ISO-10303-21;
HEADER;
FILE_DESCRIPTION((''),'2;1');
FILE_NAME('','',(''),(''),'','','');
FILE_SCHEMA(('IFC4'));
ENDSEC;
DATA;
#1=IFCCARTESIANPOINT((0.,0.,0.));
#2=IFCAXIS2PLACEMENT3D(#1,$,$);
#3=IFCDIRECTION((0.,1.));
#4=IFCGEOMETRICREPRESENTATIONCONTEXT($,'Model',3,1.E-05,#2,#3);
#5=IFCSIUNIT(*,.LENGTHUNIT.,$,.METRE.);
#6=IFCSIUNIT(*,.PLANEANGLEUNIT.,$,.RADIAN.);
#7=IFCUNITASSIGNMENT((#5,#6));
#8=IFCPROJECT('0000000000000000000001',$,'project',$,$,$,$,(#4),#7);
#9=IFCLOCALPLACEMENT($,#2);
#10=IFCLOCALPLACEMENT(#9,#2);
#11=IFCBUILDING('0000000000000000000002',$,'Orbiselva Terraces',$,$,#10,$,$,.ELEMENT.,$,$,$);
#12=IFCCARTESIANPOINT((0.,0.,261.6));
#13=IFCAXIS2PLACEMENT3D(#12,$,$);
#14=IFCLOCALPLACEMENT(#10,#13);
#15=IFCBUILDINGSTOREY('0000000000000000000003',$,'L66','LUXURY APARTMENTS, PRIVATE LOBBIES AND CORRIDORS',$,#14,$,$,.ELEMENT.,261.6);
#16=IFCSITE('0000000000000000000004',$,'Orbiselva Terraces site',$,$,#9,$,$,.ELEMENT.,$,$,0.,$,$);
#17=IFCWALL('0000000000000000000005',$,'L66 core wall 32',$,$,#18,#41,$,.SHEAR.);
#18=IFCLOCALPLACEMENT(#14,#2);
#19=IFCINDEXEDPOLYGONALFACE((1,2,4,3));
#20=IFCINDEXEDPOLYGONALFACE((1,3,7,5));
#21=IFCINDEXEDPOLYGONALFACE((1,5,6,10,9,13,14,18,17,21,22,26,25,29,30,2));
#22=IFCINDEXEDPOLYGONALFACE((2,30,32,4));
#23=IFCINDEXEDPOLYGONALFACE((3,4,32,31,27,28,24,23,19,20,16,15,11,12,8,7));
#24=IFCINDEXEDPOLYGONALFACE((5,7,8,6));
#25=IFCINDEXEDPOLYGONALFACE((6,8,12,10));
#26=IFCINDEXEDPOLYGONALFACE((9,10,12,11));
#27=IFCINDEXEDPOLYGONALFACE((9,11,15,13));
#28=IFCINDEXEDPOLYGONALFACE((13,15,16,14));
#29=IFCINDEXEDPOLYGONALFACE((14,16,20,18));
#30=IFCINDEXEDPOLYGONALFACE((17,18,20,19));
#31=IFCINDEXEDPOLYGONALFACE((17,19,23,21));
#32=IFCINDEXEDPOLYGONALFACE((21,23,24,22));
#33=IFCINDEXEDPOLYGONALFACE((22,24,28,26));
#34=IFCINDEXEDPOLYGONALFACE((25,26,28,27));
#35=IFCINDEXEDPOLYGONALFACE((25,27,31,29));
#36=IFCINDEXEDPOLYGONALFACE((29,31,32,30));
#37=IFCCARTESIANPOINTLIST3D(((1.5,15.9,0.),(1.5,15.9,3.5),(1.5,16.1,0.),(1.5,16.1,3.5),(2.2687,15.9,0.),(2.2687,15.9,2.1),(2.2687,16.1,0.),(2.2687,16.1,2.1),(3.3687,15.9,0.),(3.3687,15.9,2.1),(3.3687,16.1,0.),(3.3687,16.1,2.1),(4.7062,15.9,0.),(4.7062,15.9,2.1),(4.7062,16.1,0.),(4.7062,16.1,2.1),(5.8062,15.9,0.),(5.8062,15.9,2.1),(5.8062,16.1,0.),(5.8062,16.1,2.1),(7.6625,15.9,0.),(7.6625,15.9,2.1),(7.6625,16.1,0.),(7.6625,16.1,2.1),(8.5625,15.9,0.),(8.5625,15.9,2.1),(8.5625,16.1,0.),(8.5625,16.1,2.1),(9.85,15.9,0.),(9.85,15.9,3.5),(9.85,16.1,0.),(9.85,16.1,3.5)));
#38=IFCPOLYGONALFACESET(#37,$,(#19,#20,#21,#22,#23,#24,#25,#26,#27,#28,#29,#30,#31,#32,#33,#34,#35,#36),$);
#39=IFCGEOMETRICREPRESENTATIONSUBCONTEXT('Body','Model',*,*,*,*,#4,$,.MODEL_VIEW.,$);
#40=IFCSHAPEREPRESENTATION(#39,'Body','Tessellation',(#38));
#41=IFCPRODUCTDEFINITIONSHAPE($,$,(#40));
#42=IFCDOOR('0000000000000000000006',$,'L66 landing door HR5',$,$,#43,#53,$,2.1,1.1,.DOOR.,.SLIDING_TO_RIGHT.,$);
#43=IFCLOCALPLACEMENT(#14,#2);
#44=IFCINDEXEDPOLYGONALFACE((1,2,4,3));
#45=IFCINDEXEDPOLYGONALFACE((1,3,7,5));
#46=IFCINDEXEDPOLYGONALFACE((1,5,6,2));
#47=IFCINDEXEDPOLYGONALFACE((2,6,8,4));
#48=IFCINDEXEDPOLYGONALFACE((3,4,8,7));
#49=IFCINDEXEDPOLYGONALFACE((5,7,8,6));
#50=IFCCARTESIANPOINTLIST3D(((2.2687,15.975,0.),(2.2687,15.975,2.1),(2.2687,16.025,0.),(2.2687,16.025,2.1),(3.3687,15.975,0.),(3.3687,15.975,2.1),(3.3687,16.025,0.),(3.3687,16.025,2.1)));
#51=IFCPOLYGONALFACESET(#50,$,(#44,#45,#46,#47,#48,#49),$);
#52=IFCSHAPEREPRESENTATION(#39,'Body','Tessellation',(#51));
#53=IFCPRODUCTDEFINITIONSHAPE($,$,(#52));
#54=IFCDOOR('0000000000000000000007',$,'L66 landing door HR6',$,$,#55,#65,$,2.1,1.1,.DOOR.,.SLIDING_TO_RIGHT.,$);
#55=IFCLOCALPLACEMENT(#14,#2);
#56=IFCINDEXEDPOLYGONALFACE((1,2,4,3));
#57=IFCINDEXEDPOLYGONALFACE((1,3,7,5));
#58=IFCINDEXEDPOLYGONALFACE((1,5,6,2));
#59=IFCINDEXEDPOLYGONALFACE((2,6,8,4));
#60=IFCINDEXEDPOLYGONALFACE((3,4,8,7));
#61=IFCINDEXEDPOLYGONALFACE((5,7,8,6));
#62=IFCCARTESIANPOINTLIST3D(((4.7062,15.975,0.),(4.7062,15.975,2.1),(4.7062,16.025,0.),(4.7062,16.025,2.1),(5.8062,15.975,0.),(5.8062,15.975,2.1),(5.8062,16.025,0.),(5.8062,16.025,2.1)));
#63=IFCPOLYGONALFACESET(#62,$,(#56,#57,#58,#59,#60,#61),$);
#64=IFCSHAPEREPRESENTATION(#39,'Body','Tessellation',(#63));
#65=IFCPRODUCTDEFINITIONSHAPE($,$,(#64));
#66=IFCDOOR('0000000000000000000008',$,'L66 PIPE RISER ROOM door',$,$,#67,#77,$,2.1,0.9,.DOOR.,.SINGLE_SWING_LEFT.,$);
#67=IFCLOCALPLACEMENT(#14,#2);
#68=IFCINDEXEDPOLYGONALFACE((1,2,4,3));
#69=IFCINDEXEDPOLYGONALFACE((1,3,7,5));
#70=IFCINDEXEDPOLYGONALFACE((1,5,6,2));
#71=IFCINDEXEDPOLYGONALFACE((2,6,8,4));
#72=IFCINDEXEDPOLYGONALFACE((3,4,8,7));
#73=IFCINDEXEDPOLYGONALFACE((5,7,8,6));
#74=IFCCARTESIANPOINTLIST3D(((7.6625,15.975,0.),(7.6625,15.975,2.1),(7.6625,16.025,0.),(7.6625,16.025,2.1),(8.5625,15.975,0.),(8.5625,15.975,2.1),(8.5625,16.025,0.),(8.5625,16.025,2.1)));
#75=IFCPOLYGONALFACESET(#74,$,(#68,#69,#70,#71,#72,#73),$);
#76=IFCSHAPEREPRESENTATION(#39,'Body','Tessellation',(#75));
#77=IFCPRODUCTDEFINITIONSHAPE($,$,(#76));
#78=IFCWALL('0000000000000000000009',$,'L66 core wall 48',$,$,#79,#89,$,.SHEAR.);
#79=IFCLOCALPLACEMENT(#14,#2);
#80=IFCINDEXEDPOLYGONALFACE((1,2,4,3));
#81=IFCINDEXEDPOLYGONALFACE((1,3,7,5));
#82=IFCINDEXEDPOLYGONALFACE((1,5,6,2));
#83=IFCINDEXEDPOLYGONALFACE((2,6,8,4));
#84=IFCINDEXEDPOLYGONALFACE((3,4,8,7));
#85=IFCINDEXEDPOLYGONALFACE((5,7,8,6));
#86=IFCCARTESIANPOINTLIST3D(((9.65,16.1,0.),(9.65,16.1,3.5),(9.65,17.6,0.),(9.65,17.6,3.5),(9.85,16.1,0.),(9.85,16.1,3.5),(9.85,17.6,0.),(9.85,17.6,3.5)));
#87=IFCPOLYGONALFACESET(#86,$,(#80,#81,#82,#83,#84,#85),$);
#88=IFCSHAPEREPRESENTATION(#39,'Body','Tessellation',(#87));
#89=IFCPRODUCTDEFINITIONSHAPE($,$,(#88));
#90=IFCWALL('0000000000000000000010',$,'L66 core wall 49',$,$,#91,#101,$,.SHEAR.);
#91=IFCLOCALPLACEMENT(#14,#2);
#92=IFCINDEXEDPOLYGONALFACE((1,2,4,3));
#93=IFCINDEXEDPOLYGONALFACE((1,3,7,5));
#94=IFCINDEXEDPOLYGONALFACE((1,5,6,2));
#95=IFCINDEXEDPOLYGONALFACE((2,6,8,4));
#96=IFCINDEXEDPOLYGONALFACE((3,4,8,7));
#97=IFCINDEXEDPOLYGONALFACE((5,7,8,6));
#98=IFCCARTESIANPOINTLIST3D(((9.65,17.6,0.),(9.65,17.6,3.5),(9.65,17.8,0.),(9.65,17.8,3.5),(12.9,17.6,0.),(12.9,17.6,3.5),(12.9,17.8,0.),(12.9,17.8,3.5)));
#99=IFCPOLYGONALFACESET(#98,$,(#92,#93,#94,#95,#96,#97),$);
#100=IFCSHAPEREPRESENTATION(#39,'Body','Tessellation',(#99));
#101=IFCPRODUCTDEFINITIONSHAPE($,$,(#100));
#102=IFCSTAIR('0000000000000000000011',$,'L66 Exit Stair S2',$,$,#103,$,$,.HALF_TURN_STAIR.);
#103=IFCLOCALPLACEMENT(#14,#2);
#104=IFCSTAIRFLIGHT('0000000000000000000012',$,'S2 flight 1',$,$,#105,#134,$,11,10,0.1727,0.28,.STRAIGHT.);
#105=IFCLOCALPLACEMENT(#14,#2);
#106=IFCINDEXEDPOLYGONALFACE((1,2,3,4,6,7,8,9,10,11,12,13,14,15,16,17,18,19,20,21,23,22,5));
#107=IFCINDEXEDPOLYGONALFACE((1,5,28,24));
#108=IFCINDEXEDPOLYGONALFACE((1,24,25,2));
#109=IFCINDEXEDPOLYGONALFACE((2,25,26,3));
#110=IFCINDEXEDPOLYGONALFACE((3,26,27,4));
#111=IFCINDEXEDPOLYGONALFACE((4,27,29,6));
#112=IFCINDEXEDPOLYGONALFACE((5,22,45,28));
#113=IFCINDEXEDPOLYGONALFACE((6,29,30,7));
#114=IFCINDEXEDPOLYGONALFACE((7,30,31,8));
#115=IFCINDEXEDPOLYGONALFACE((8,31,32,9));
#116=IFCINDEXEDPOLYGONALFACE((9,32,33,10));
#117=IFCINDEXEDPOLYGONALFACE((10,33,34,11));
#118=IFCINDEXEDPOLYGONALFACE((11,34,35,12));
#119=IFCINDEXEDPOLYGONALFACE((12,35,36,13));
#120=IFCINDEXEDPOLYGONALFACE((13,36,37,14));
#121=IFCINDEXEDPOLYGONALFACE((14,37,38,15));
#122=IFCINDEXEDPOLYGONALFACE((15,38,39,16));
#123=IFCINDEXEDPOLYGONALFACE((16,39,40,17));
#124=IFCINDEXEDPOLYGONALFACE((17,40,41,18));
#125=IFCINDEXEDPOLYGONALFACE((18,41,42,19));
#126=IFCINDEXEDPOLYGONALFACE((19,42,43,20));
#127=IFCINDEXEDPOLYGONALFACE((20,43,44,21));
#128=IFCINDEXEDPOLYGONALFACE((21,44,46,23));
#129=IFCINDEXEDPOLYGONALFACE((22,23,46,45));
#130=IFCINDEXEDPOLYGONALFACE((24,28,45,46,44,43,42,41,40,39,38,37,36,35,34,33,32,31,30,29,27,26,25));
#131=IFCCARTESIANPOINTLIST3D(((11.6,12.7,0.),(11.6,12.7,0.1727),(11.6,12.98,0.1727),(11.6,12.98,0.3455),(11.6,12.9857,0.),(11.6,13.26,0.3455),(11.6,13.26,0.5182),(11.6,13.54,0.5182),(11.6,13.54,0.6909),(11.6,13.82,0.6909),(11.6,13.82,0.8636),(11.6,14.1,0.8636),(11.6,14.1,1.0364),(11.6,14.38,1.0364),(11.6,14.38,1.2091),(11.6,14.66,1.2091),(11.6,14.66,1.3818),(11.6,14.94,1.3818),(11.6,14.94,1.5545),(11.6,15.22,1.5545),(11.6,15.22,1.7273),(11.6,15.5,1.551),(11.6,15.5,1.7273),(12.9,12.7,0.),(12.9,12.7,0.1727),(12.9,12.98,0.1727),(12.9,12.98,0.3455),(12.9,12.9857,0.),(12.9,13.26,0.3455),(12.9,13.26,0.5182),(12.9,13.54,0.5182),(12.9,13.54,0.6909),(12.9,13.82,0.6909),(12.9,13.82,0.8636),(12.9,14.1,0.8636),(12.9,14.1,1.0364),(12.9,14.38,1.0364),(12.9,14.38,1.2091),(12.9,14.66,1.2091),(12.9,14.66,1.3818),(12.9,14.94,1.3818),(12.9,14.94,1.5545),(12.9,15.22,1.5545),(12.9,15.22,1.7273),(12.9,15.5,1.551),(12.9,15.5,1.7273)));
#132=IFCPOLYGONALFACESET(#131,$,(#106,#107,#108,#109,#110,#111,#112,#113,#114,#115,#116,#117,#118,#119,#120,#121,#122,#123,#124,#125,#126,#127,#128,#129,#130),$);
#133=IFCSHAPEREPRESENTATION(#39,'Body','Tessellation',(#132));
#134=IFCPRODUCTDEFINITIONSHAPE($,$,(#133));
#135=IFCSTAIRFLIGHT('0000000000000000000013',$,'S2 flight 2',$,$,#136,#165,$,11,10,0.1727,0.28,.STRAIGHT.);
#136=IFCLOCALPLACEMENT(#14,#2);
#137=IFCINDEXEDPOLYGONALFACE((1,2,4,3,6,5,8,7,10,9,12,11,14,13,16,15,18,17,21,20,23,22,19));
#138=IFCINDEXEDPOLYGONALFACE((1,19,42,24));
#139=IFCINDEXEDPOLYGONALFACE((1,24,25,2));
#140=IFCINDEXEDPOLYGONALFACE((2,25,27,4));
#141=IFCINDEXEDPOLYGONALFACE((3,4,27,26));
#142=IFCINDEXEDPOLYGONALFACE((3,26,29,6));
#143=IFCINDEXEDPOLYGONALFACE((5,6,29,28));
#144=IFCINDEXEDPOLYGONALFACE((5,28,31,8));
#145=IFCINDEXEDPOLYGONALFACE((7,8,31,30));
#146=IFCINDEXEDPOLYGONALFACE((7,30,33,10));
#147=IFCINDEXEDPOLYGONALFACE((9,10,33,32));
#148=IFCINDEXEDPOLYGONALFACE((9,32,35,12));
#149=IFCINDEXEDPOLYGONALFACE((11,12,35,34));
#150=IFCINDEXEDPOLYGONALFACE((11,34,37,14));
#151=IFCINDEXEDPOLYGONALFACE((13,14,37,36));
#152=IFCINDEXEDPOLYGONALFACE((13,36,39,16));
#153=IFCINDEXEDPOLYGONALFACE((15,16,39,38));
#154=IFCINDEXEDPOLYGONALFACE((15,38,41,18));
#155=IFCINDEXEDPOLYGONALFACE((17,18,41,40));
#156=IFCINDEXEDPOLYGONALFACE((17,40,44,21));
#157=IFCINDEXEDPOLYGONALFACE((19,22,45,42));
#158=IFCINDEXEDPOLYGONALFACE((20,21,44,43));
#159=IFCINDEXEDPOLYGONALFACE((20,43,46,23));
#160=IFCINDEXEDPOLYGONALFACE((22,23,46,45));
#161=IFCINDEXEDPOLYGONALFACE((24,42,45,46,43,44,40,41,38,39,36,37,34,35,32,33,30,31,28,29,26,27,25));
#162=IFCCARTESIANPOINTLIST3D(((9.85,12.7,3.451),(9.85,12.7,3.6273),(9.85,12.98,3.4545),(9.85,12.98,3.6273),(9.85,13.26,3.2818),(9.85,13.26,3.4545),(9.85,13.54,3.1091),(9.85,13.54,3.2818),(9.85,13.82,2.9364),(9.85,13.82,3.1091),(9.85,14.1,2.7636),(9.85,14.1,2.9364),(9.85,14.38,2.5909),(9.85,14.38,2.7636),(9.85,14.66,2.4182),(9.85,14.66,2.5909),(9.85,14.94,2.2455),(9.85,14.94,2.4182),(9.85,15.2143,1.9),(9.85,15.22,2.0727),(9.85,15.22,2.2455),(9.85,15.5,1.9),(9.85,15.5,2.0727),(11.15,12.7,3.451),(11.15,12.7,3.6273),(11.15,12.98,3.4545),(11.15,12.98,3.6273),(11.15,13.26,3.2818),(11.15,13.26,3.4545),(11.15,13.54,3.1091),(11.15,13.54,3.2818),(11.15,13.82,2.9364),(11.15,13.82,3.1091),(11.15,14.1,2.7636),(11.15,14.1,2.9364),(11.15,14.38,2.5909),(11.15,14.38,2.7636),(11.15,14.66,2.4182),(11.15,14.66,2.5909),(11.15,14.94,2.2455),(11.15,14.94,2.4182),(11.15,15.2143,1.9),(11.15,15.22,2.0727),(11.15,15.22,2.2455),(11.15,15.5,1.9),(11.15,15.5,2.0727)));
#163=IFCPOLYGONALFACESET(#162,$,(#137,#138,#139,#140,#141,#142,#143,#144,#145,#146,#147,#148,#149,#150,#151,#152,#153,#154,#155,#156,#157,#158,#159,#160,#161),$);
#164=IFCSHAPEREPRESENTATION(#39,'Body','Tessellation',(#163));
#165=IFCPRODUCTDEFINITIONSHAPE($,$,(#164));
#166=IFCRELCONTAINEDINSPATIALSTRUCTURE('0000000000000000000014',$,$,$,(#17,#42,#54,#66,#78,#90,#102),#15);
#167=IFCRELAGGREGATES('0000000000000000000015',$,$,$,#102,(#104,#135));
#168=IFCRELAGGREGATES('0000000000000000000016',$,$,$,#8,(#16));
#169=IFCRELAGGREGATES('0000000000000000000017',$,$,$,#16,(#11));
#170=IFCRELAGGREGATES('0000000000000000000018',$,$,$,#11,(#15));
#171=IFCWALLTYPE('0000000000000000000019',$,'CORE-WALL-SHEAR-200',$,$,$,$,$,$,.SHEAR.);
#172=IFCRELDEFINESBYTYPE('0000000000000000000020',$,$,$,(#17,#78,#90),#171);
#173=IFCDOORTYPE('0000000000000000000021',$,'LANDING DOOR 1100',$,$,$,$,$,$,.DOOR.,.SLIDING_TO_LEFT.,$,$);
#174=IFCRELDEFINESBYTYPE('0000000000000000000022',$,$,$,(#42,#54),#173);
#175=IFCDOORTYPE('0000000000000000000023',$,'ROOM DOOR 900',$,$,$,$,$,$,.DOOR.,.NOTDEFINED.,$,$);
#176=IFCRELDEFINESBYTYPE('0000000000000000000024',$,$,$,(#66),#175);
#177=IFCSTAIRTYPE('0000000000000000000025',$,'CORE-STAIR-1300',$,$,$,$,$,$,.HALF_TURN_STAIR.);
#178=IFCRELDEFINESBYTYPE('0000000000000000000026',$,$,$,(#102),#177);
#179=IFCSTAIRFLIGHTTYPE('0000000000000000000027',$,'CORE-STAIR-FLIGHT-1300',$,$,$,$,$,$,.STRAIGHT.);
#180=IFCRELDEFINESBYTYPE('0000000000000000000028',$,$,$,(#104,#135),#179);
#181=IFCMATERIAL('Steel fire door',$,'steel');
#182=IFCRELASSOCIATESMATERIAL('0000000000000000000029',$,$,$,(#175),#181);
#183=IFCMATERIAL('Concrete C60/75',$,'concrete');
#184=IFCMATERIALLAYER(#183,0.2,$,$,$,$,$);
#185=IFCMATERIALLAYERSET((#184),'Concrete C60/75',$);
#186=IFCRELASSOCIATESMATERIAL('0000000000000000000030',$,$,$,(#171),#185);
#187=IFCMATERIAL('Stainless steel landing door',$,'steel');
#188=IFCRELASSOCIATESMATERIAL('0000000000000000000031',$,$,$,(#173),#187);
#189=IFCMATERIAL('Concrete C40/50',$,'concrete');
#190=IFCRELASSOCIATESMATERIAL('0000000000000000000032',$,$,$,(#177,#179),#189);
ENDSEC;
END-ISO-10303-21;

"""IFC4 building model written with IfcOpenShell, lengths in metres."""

from ifc_helpers import new_model, si_unit, direction, frame, frame_2d, origin, place, context, subcontext, project, spatial, polyline, rectangle, outline, extrude, material, layer, layer_set, type_object, element, fill, aggregate, save


model = new_model("IFC4")

# Units and contexts
model_context = context("Model", 3, precision=1e-05, world=origin(), true_north=direction((0.0, 1.0)))
body_context = subcontext(model_context, "Body", "Model", "MODEL_VIEW")
ifc_project = project(units=[si_unit("LENGTHUNIT", "METRE"), si_unit("PLANEANGLEUNIT", "RADIAN")], contexts=[model_context])

# Site, building, storey
site_placement = place(None, origin())
site = spatial("IfcSite", under=ifc_project, at=site_placement, Name="Orbiselva Terraces site", CompositionType="ELEMENT", RefElevation=0.0)
building_placement = place(site_placement, origin())
building = spatial("IfcBuilding", under=site, at=building_placement, Name="Orbiselva Terraces", CompositionType="ELEMENT")
storey_placement = place(building_placement, frame((0.0, 0.0, 261.6)))
storey = spatial("IfcBuildingStorey", under=building, at=storey_placement, Name="L66", Description="LUXURY APARTMENTS, PRIVATE LOBBIES AND CORRIDORS", CompositionType="ELEMENT", Elevation=261.6)

# Shared definitions
ifc_material_1 = material(Name="Steel fire door", Category="steel")
door_type_1 = type_object("IfcDoorType", Name="ROOM DOOR 900", OperationType="NOTDEFINED", PredefinedType="DOOR", material=ifc_material_1)

# Shared definitions
ifc_material_2 = material(Name="Concrete C40/50", Category="concrete")
ifc_material_3 = material(Name="Concrete C60/75", Category="concrete")
ifc_layer_1 = layer(ifc_material_3, 0.2)
ifc_layer_set_1 = layer_set([ifc_layer_1], Name="Concrete C60/75")
wall_type_1 = type_object("IfcWallType", Name="CORE-WALL-SHEAR-200", PredefinedType="SHEAR", material=ifc_layer_set_1)

# Wall, openings, doors
wall_1_placement = place(storey_placement, frame((9.85, 16.0, 0.0), z_axis=(0.0, 0.0, 1.0), x_axis=(-1.0, 0.0, 0.0)))
wall_1 = element("IfcWall", 1, at=wall_1_placement, inside=storey, type_object=wall_type_1, Name="L66 core wall 32", PredefinedType="SHEAR", context=body_context, shape_type="SweptSolid", body=[
    extrude(rectangle(XDim=8.35, YDim=0.2, at=frame_2d((4.175, 0.0))), origin(), (0.0, 0.0, 1.0), 3.5),
])
opening_1_placement = place(wall_1_placement, frame((6.4813, 0.0, 0.0)))
opening_1 = element("IfcOpeningElement", 2, at=opening_1_placement, cuts=wall_1, PredefinedType="OPENING", context=body_context, shape_type="SweptSolid", body=[
    extrude(rectangle(XDim=1.1, YDim=2.1, at=frame_2d((0.55, 1.05))), frame((0.0, 0.11, 0.0), z_axis=(0.0, -1.0, 0.0), x_axis=(1.0, 0.0, 0.0)), (0.0, 0.0, 1.0), 0.22),
])
opening_2_placement = place(wall_1_placement, frame((4.0438, 0.0, 0.0)))
opening_2 = element("IfcOpeningElement", 3, at=opening_2_placement, cuts=wall_1, PredefinedType="OPENING", context=body_context, shape_type="SweptSolid", body=[
    extrude(rectangle(XDim=1.1, YDim=2.1, at=frame_2d((0.55, 1.05))), frame((0.0, 0.11, 0.0), z_axis=(0.0, -1.0, 0.0), x_axis=(1.0, 0.0, 0.0)), (0.0, 0.0, 1.0), 0.22),
])
opening_3_placement = place(wall_1_placement, frame((1.2875, 0.0, 0.0)))
opening_3 = element("IfcOpeningElement", 4, at=opening_3_placement, cuts=wall_1, PredefinedType="OPENING", context=body_context, shape_type="SweptSolid", body=[
    extrude(rectangle(XDim=0.9, YDim=2.1, at=frame_2d((0.45, 1.05))), frame((0.0, 0.11, 0.0), z_axis=(0.0, -1.0, 0.0), x_axis=(1.0, 0.0, 0.0)), (0.0, 0.0, 1.0), 0.22),
])
ifc_material_4 = material(Name="Stainless steel landing door", Category="steel")
door_type_2 = type_object("IfcDoorType", Name="LANDING DOOR 1100", OperationType="SLIDING_TO_LEFT", PredefinedType="DOOR", material=ifc_material_4)
door_1_placement = place(opening_1_placement, origin())
door_1 = element("IfcDoor", 5, at=door_1_placement, inside=storey, type_object=door_type_2, Name="L66 landing door HR5", OperationType="SLIDING_TO_RIGHT", OverallHeight=2.1, OverallWidth=1.1, PredefinedType="DOOR", context=body_context, shape_type="SweptSolid", body=[
    extrude(rectangle(XDim=1.1, YDim=2.1, at=frame_2d((0.55, 1.05))), frame((0.0, 0.025, 0.0), z_axis=(0.0, -1.0, 0.0), x_axis=(1.0, 0.0, 0.0)), (0.0, 0.0, 1.0), 0.05),
])
fill(opening_1, door_1)
door_2_placement = place(opening_2_placement, origin())
door_2 = element("IfcDoor", 6, at=door_2_placement, inside=storey, type_object=door_type_2, Name="L66 landing door HR6", OperationType="SLIDING_TO_RIGHT", OverallHeight=2.1, OverallWidth=1.1, PredefinedType="DOOR", context=body_context, shape_type="SweptSolid", body=[
    extrude(rectangle(XDim=1.1, YDim=2.1, at=frame_2d((0.55, 1.05))), frame((0.0, 0.025, 0.0), z_axis=(0.0, -1.0, 0.0), x_axis=(1.0, 0.0, 0.0)), (0.0, 0.0, 1.0), 0.05),
])
fill(opening_2, door_2)
door_3_placement = place(opening_3_placement, origin())
door_3 = element("IfcDoor", 7, at=door_3_placement, inside=storey, type_object=door_type_1, Name="L66 PIPE RISER ROOM door", OperationType="SINGLE_SWING_LEFT", OverallHeight=2.1, OverallWidth=0.9, PredefinedType="DOOR", context=body_context, shape_type="SweptSolid", body=[
    extrude(rectangle(XDim=0.9, YDim=2.1, at=frame_2d((0.45, 1.05))), frame((0.0, 0.025, 0.0), z_axis=(0.0, -1.0, 0.0), x_axis=(1.0, 0.0, 0.0)), (0.0, 0.0, 1.0), 0.05),
])
fill(opening_3, door_3)

# Walls
wall_2_placement = place(storey_placement, frame((9.75, 16.1, 0.0), z_axis=(0.0, 0.0, 1.0), x_axis=(0.0, 1.0, 0.0)))
element("IfcWall", 8, at=wall_2_placement, inside=storey, type_object=wall_type_1, Name="L66 core wall 48", PredefinedType="SHEAR", context=body_context, shape_type="SweptSolid", body=[
    extrude(rectangle(XDim=1.5, YDim=0.2, at=frame_2d((0.75, 0.0))), origin(), (0.0, 0.0, 1.0), 3.5),
])
wall_3_placement = place(storey_placement, frame((9.65, 17.7, 0.0), z_axis=(0.0, 0.0, 1.0), x_axis=(1.0, 0.0, 0.0)))
element("IfcWall", 9, at=wall_3_placement, inside=storey, type_object=wall_type_1, Name="L66 core wall 49", PredefinedType="SHEAR", context=body_context, shape_type="SweptSolid", body=[
    extrude(rectangle(XDim=3.25, YDim=0.2, at=frame_2d((1.625, 0.0))), origin(), (0.0, 0.0, 1.0), 3.5),
])

# Stair, stair flights
stair_type = type_object("IfcStairType", Name="CORE-STAIR-1300", PredefinedType="HALF_TURN_STAIR", material=ifc_material_2)
stair_placement = place(storey_placement, origin())
stair = element("IfcStair", 10, at=stair_placement, inside=storey, type_object=stair_type, Name="L66 Exit Stair S2", PredefinedType="HALF_TURN_STAIR")
stair_flight_type = type_object("IfcStairFlightType", Name="CORE-STAIR-FLIGHT-1300", PredefinedType="STRAIGHT", material=ifc_material_2)
stair_flight_1_placement = place(storey_placement, frame((12.25, 12.7, 0.0), z_axis=(0.0, 0.0, 1.0), x_axis=(0.0, 1.0, 0.0)))
stair_flight_1 = element("IfcStairFlight", 11, at=stair_flight_1_placement, type_object=stair_flight_type, Name="S2 flight 1", NumberOfRisers=11, NumberOfTreads=10, PredefinedType="STRAIGHT", RiserHeight=0.1727, TreadLength=0.28, context=body_context, shape_type="SweptSolid", body=[
    extrude(outline(polyline([(0.0, 0.0), (0.0, 0.1727), (0.28, 0.1727), (0.28, 0.3455), (0.56, 0.3455), (0.56, 0.5182), (0.84, 0.5182), (0.84, 0.6909), (1.12, 0.6909), (1.12, 0.8636), (1.4, 0.8636), (1.4, 1.0364), (1.68, 1.0364), (1.68, 1.2091), (1.96, 1.2091), (1.96, 1.3818), (2.24, 1.3818), (2.24, 1.5545), (2.52, 1.5545), (2.52, 1.7273), (2.8, 1.7273), (2.8, 1.9), (2.8, 1.551), (0.2857, 0.0), (0.0, 0.0)])), frame((0.0, 0.65, 0.0), z_axis=(0.0, -1.0, 0.0), x_axis=(1.0, 0.0, 0.0)), (0.0, 0.0, 1.0), 1.3),
])
stair_flight_2_placement = place(storey_placement, frame((10.5, 15.5, 1.9), z_axis=(0.0, 0.0, 1.0), x_axis=(0.0, -1.0, 0.0)))
stair_flight_2 = element("IfcStairFlight", 12, at=stair_flight_2_placement, type_object=stair_flight_type, Name="S2 flight 2", NumberOfRisers=11, NumberOfTreads=10, PredefinedType="STRAIGHT", RiserHeight=0.1727, TreadLength=0.28, context=body_context, shape_type="SweptSolid", body=[
    extrude(outline(polyline([(0.0, 0.0), (0.0, 0.1727), (0.28, 0.1727), (0.28, 0.3455), (0.56, 0.3455), (0.56, 0.5182), (0.84, 0.5182), (0.84, 0.6909), (1.12, 0.6909), (1.12, 0.8636), (1.4, 0.8636), (1.4, 1.0364), (1.68, 1.0364), (1.68, 1.2091), (1.96, 1.2091), (1.96, 1.3818), (2.24, 1.3818), (2.24, 1.5545), (2.52, 1.5545), (2.52, 1.7273), (2.8, 1.7273), (2.8, 1.9), (2.8, 1.551), (0.2857, 0.0), (0.0, 0.0)])), frame((0.0, 0.65, 0.0), z_axis=(0.0, -1.0, 0.0), x_axis=(1.0, 0.0, 0.0)), (0.0, 0.0, 1.0), 1.3),
])
aggregate(stair, [stair_flight_1, stair_flight_2])

save(model, "model.ifc")
